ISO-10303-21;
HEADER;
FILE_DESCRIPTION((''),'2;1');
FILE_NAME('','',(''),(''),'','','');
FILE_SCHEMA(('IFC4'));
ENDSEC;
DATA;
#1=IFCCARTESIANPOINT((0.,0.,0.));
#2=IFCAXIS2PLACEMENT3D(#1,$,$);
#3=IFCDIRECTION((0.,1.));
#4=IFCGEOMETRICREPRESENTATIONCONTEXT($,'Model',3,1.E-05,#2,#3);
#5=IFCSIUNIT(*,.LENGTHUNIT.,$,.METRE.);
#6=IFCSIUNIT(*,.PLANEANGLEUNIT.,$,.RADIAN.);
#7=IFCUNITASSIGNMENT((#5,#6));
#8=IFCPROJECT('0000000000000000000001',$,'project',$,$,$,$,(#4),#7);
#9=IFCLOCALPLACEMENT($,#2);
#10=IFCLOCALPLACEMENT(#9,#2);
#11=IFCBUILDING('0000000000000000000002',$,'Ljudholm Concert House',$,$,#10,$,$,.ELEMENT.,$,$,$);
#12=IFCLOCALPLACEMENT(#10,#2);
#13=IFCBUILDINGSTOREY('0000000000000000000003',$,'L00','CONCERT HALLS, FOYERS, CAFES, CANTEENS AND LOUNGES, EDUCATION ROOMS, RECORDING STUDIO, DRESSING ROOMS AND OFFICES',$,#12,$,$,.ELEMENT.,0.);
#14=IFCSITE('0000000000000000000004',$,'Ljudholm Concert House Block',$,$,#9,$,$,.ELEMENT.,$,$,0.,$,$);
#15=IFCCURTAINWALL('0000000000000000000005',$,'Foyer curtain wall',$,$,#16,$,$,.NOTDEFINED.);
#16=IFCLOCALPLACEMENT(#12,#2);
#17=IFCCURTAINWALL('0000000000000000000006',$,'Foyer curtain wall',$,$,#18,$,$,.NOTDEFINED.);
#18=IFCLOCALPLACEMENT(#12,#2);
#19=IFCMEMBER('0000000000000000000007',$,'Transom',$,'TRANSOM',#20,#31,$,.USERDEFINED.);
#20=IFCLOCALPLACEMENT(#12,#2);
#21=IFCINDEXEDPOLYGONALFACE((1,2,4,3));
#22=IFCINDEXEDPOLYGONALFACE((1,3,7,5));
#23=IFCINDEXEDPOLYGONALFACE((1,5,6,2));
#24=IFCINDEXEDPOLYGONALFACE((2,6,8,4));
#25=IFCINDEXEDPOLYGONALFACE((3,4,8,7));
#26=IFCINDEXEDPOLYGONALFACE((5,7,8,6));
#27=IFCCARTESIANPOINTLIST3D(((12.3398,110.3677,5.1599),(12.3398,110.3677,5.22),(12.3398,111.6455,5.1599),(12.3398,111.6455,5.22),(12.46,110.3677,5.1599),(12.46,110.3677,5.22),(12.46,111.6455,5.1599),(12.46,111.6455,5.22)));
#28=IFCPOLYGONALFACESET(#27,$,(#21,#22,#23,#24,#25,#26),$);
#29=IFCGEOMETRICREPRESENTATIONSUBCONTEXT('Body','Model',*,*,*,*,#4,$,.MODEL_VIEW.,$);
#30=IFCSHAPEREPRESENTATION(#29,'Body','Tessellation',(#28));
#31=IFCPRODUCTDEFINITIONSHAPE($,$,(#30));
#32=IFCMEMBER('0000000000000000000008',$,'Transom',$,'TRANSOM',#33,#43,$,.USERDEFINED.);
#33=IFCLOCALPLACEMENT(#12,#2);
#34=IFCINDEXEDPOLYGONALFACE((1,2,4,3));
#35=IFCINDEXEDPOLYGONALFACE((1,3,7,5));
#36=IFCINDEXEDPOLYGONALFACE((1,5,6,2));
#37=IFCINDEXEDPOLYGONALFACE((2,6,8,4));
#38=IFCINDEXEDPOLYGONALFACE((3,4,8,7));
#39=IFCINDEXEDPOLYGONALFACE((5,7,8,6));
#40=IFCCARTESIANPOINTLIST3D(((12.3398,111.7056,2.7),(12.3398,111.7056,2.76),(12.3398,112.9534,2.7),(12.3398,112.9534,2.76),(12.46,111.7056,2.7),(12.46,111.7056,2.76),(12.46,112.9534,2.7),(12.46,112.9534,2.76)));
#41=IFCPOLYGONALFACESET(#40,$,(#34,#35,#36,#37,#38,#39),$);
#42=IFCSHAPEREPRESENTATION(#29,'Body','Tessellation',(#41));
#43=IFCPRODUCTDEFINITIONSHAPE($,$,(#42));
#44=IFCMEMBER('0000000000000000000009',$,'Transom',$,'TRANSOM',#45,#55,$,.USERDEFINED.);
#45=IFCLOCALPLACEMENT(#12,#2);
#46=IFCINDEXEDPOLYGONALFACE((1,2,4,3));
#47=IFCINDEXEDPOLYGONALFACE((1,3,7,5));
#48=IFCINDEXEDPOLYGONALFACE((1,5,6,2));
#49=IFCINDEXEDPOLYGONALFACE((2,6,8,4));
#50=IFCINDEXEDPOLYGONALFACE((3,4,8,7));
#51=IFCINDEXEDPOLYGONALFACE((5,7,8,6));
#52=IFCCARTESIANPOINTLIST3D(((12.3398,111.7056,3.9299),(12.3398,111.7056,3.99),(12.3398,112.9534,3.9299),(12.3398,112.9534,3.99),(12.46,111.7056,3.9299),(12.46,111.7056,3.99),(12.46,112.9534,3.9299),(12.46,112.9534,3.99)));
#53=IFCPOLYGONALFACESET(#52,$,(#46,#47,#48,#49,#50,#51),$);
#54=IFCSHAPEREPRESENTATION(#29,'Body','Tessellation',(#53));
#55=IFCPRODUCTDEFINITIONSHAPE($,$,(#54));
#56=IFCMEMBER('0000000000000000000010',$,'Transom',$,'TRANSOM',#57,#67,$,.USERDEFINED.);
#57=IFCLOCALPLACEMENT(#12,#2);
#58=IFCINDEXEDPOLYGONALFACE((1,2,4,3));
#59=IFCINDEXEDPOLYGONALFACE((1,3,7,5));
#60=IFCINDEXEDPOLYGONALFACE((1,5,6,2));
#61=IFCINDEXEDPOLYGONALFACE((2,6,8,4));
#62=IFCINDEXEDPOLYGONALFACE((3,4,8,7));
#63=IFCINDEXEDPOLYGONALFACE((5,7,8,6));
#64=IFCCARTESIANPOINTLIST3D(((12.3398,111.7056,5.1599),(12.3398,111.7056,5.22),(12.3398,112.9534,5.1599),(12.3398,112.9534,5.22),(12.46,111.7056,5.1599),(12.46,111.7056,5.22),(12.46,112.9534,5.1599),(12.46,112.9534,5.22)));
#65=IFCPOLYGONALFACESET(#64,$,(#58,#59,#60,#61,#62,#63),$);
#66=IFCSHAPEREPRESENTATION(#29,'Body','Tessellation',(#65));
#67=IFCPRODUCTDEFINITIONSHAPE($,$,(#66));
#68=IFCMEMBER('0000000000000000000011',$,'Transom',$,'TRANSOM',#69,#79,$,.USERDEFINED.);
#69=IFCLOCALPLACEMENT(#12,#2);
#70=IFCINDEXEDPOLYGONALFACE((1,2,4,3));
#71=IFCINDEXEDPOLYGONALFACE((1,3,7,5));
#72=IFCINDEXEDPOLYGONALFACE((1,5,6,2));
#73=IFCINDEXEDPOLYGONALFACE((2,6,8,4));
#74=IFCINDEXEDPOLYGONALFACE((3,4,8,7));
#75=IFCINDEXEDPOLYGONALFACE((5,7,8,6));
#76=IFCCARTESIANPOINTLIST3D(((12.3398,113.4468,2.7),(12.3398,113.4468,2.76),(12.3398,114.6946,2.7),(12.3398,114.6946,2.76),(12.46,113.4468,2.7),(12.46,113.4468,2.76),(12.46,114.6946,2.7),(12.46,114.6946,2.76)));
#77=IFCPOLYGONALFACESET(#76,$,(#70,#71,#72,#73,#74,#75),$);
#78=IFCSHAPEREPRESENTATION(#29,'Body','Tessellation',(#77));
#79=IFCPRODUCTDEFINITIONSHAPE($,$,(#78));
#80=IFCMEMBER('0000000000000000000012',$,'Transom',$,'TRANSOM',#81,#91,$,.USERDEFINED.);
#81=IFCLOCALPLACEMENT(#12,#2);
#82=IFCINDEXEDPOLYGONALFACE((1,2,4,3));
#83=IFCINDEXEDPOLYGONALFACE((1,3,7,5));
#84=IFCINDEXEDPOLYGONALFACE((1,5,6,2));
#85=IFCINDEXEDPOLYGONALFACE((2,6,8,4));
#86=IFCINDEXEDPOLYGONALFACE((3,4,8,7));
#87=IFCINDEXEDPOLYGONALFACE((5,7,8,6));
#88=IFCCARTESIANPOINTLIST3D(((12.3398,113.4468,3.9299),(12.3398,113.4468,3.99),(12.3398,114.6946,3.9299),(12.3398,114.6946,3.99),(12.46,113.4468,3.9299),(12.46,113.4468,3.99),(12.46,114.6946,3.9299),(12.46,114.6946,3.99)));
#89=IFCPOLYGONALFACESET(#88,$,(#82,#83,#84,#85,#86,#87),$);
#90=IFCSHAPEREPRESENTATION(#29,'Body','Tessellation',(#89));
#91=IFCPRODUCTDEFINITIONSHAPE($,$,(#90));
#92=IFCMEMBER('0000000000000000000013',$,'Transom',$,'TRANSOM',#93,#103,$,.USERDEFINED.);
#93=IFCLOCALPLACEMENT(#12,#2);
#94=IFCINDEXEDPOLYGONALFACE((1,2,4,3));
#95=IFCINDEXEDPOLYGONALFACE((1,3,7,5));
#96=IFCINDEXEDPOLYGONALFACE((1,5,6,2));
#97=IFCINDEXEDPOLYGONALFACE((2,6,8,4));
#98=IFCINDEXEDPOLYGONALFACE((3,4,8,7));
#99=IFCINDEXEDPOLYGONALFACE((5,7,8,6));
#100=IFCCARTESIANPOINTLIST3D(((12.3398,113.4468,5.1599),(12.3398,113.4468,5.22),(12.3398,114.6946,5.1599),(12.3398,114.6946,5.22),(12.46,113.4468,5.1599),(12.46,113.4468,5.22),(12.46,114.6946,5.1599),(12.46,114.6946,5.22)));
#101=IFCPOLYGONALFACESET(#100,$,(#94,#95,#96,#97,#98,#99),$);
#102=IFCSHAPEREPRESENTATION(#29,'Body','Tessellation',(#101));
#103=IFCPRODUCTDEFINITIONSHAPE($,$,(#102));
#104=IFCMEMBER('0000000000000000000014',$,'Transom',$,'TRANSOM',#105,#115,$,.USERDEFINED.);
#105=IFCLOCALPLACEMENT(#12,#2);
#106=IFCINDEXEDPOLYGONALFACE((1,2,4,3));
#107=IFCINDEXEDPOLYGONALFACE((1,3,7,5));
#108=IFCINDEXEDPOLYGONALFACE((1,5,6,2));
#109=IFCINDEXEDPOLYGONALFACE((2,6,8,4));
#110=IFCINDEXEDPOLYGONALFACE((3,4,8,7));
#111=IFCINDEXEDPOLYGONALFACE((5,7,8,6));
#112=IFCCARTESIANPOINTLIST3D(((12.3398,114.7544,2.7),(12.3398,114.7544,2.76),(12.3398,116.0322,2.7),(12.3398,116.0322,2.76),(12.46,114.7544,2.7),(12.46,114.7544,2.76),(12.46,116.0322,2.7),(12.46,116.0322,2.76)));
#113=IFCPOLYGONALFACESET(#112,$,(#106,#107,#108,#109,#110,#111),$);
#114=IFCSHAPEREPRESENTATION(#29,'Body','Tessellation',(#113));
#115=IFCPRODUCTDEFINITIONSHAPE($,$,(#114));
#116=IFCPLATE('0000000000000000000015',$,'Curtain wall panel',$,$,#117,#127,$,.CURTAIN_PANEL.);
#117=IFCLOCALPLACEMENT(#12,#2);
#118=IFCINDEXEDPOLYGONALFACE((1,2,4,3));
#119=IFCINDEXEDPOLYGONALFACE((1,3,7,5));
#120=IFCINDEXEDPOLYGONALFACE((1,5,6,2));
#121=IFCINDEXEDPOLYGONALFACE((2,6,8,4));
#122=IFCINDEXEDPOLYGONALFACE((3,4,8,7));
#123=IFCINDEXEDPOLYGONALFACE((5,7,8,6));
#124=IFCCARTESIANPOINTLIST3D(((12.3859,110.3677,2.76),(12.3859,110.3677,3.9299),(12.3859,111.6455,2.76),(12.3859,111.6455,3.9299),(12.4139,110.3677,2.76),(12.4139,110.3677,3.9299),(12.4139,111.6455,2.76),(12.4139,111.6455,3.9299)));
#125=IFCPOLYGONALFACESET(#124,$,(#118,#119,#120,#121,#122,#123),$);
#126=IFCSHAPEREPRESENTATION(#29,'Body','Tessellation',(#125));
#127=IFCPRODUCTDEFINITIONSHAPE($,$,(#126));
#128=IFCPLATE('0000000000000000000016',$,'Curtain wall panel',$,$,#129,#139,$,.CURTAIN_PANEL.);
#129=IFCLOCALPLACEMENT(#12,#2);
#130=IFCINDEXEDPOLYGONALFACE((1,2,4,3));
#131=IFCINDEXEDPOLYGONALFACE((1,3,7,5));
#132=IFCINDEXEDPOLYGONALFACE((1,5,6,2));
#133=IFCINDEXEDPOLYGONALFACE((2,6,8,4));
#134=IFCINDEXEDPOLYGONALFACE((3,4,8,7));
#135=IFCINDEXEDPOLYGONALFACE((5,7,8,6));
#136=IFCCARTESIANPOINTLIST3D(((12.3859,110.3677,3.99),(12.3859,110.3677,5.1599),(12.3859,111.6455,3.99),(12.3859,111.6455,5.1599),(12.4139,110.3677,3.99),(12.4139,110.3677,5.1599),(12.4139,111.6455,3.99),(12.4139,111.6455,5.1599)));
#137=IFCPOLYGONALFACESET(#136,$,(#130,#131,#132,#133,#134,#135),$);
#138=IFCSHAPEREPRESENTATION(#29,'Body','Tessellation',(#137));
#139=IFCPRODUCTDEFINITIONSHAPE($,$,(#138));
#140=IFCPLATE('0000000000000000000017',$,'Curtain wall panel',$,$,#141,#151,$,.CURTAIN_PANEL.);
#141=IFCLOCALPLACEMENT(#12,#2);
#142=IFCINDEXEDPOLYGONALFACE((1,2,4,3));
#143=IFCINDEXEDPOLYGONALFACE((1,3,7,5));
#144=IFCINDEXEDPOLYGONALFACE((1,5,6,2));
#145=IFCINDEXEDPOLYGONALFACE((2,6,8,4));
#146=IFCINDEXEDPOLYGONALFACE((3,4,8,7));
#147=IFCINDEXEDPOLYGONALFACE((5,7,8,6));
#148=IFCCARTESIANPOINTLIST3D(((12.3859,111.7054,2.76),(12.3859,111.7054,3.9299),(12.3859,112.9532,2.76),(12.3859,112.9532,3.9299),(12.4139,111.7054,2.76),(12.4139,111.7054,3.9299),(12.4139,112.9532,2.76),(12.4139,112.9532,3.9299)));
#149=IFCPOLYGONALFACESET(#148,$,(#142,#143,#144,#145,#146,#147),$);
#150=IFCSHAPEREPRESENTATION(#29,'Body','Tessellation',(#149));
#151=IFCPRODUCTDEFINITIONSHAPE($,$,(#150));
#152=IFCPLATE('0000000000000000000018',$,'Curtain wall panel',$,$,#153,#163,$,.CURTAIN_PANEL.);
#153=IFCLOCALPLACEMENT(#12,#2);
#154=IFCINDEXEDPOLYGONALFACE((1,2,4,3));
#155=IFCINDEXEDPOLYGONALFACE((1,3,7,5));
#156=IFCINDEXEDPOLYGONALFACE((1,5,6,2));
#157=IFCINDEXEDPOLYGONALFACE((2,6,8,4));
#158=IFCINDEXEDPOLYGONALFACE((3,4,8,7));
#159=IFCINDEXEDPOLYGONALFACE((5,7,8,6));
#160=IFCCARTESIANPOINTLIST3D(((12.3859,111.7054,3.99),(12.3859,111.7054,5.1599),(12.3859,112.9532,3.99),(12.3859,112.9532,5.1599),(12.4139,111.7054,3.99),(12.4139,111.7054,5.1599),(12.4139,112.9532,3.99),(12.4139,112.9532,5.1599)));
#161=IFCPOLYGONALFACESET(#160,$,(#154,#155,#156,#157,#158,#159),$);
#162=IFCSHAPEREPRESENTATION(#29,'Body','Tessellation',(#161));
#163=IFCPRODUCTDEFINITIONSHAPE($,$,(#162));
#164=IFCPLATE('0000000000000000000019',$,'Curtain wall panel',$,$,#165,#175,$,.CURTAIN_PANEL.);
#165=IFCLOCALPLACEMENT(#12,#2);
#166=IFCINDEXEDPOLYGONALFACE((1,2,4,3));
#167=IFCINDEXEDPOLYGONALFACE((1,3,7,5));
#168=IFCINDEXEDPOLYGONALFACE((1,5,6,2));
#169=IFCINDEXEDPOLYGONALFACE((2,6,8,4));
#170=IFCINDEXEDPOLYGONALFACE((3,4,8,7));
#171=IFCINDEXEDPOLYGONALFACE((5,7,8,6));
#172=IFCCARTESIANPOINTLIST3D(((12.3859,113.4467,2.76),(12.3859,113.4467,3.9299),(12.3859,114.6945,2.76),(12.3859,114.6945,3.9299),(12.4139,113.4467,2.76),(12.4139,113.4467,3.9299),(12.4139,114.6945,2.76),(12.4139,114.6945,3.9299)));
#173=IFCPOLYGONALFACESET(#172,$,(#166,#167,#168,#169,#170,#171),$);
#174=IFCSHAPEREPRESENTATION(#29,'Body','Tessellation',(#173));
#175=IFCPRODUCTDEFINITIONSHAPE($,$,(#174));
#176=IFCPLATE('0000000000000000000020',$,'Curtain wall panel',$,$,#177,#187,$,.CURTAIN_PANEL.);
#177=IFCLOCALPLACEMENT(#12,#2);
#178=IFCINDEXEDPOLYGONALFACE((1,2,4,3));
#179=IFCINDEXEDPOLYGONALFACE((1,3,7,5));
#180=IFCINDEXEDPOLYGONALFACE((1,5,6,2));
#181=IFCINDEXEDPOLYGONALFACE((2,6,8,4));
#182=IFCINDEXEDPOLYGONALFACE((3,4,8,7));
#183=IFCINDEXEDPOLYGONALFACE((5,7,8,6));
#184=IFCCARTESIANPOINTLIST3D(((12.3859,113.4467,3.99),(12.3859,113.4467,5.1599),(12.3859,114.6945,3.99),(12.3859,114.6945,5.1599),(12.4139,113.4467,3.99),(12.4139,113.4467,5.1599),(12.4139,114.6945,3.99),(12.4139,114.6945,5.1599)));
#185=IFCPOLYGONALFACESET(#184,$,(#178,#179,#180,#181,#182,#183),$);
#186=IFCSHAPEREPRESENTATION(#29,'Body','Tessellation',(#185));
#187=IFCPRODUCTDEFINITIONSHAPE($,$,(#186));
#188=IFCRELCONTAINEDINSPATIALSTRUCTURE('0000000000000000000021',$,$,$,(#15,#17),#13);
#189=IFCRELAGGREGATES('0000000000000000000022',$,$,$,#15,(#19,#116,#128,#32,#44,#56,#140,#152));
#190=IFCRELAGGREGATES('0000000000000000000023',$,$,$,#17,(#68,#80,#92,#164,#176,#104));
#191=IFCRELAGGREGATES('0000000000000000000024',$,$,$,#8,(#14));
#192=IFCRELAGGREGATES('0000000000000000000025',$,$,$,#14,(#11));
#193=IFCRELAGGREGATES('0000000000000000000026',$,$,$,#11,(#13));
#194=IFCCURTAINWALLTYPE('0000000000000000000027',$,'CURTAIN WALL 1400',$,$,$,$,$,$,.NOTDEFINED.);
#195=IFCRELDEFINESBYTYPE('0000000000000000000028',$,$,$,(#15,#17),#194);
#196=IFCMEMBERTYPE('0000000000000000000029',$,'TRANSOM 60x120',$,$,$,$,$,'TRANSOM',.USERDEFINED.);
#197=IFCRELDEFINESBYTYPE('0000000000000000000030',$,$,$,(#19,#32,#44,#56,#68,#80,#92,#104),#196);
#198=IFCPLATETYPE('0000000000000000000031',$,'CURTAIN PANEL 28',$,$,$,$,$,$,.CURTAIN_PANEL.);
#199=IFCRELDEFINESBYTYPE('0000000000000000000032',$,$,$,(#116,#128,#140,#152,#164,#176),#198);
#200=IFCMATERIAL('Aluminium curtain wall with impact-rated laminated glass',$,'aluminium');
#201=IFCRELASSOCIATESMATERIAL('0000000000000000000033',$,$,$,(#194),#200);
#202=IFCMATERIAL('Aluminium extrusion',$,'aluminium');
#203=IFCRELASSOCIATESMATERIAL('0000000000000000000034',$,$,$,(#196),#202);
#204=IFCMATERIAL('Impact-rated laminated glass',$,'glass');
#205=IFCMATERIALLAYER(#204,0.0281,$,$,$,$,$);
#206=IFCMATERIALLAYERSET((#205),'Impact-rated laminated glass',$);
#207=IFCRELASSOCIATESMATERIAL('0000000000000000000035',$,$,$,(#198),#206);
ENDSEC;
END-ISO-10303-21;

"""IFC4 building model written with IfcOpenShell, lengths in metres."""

from ifc_helpers import new_model, si_unit, direction, frame, origin, origin_2d, place, context, subcontext, project, spatial, rectangle, extrude, material, layer, layer_set, material_profile, profile_set, type_object, element, aggregate, save


model = new_model("IFC4")

# Units and contexts
model_context = context("Model", 3, precision=1e-05, world=origin(), true_north=direction((0.0, 1.0)))
body_context = subcontext(model_context, "Body", "Model", "MODEL_VIEW")
ifc_project = project(units=[si_unit("LENGTHUNIT", "METRE"), si_unit("PLANEANGLEUNIT", "RADIAN")], contexts=[model_context])

# Site, building, storey
site_placement = place(None, origin())
site = spatial("IfcSite", under=ifc_project, at=site_placement, Name="Ljudholm Concert House Block", CompositionType="ELEMENT", RefElevation=0.0)
building_placement = place(site_placement, origin())
building = spatial("IfcBuilding", under=site, at=building_placement, Name="Ljudholm Concert House", CompositionType="ELEMENT")
storey_placement = place(building_placement, origin())
storey = spatial("IfcBuildingStorey", under=building, at=storey_placement, Name="L00", Description="CONCERT HALLS, FOYERS, CAFES, CANTEENS AND LOUNGES, EDUCATION ROOMS, RECORDING STUDIO, DRESSING ROOMS AND OFFICES", CompositionType="ELEMENT", Elevation=0.0)

# Curtain walls
ifc_material_1 = material(Name="Aluminium curtain wall with impact-rated laminated glass", Category="aluminium")
curtain_wall_type = type_object("IfcCurtainWallType", Name="CURTAIN WALL 1400", PredefinedType="NOTDEFINED", material=ifc_material_1)
curtain_wall_1_placement = place(storey_placement, origin())
curtain_wall_1 = element("IfcCurtainWall", 1, at=curtain_wall_1_placement, inside=storey, type_object=curtain_wall_type, Name="Foyer curtain wall", PredefinedType="NOTDEFINED")
curtain_wall_2_placement = place(storey_placement, origin())
curtain_wall_2 = element("IfcCurtainWall", 2, at=curtain_wall_2_placement, inside=storey, type_object=curtain_wall_type, Name="Foyer curtain wall", PredefinedType="NOTDEFINED")

# Members
ifc_material_2 = material(Name="Aluminium extrusion", Category="aluminium")
ifc_material_profile_1 = material_profile(ifc_material_2, rectangle(XDim=0.1201, YDim=0.0601, at=origin_2d()), Name="TRANSOM 60x120")
ifc_profile_set_1 = profile_set([ifc_material_profile_1], Name="Aluminium extrusion")
member_type_1 = type_object("IfcMemberType", Name="TRANSOM 60x120", ElementType="TRANSOM", PredefinedType="USERDEFINED", material=ifc_profile_set_1)
member_1_placement = place(storey_placement, frame((12.3999, 110.3677, 5.1899), z_axis=(0.0, 1.0, 0.0), x_axis=(-1.0, 0.0, 0.0)))
member_1 = element("IfcMember", 3, at=member_1_placement, type_object=member_type_1, Name="Transom", ObjectType="TRANSOM", PredefinedType="USERDEFINED", context=body_context, shape_type="SweptSolid", body=[
    extrude(rectangle(XDim=0.1201, YDim=0.0601, at=origin_2d()), origin(), (0.0, 0.0, 1.0), 1.2778),
])
member_2_placement = place(storey_placement, frame((12.3999, 111.7056, 2.73), z_axis=(0.0, 1.0, 0.0), x_axis=(-1.0, 0.0, 0.0)))
member_2 = element("IfcMember", 4, at=member_2_placement, type_object=member_type_1, Name="Transom", ObjectType="TRANSOM", PredefinedType="USERDEFINED", context=body_context, shape_type="SweptSolid", body=[
    extrude(rectangle(XDim=0.1201, YDim=0.0601, at=origin_2d()), origin(), (0.0, 0.0, 1.0), 1.2478),
])
member_3_placement = place(storey_placement, frame((12.3999, 111.7056, 3.96), z_axis=(0.0, 1.0, 0.0), x_axis=(-1.0, 0.0, 0.0)))
member_3 = element("IfcMember", 5, at=member_3_placement, type_object=member_type_1, Name="Transom", ObjectType="TRANSOM", PredefinedType="USERDEFINED", context=body_context, shape_type="SweptSolid", body=[
    extrude(rectangle(XDim=0.1201, YDim=0.0601, at=origin_2d()), origin(), (0.0, 0.0, 1.0), 1.2478),
])
member_4_placement = place(storey_placement, frame((12.3999, 111.7056, 5.1899), z_axis=(0.0, 1.0, 0.0), x_axis=(-1.0, 0.0, 0.0)))
member_4 = element("IfcMember", 6, at=member_4_placement, type_object=member_type_1, Name="Transom", ObjectType="TRANSOM", PredefinedType="USERDEFINED", context=body_context, shape_type="SweptSolid", body=[
    extrude(rectangle(XDim=0.1201, YDim=0.0601, at=origin_2d()), origin(), (0.0, 0.0, 1.0), 1.2478),
])
member_5_placement = place(storey_placement, frame((12.3999, 113.4468, 2.73), z_axis=(0.0, 1.0, 0.0), x_axis=(-1.0, 0.0, 0.0)))
member_5 = element("IfcMember", 7, at=member_5_placement, type_object=member_type_1, Name="Transom", ObjectType="TRANSOM", PredefinedType="USERDEFINED", context=body_context, shape_type="SweptSolid", body=[
    extrude(rectangle(XDim=0.1201, YDim=0.0601, at=origin_2d()), origin(), (0.0, 0.0, 1.0), 1.2478),
])
member_6_placement = place(storey_placement, frame((12.3999, 113.4468, 3.96), z_axis=(0.0, 1.0, 0.0), x_axis=(-1.0, 0.0, 0.0)))
member_6 = element("IfcMember", 8, at=member_6_placement, type_object=member_type_1, Name="Transom", ObjectType="TRANSOM", PredefinedType="USERDEFINED", context=body_context, shape_type="SweptSolid", body=[
    extrude(rectangle(XDim=0.1201, YDim=0.0601, at=origin_2d()), origin(), (0.0, 0.0, 1.0), 1.2478),
])
member_7_placement = place(storey_placement, frame((12.3999, 113.4468, 5.1899), z_axis=(0.0, 1.0, 0.0), x_axis=(-1.0, 0.0, 0.0)))
member_7 = element("IfcMember", 9, at=member_7_placement, type_object=member_type_1, Name="Transom", ObjectType="TRANSOM", PredefinedType="USERDEFINED", context=body_context, shape_type="SweptSolid", body=[
    extrude(rectangle(XDim=0.1201, YDim=0.0601, at=origin_2d()), origin(), (0.0, 0.0, 1.0), 1.2478),
])
member_8_placement = place(storey_placement, frame((12.3999, 114.7544, 2.73), z_axis=(0.0, 1.0, 0.0), x_axis=(-1.0, 0.0, 0.0)))
member_8 = element("IfcMember", 10, at=member_8_placement, type_object=member_type_1, Name="Transom", ObjectType="TRANSOM", PredefinedType="USERDEFINED", context=body_context, shape_type="SweptSolid", body=[
    extrude(rectangle(XDim=0.1201, YDim=0.0601, at=origin_2d()), origin(), (0.0, 0.0, 1.0), 1.2778),
])

# Plates
ifc_material_3 = material(Name="Impact-rated laminated glass", Category="glass")
ifc_layer_1 = layer(ifc_material_3, 0.0281)
ifc_layer_set_1 = layer_set([ifc_layer_1], Name="Impact-rated laminated glass")
plate_type = type_object("IfcPlateType", Name="CURTAIN PANEL 28", PredefinedType="CURTAIN_PANEL", material=ifc_layer_set_1)
plate_1_placement = place(storey_placement, frame((12.3999, 111.0066, 2.76), z_axis=(0.0, 0.0, 1.0), x_axis=(0.0, 1.0, 0.0)))
plate_1 = element("IfcPlate", 11, at=plate_1_placement, type_object=plate_type, Name="Curtain wall panel", PredefinedType="CURTAIN_PANEL", context=body_context, shape_type="SweptSolid", body=[
    extrude(rectangle(XDim=1.2778, YDim=0.0281, at=origin_2d()), origin(), (0.0, 0.0, 1.0), 1.1699),
])
plate_2_placement = place(storey_placement, frame((12.3999, 111.0066, 3.99), z_axis=(0.0, 0.0, 1.0), x_axis=(0.0, 1.0, 0.0)))
plate_2 = element("IfcPlate", 12, at=plate_2_placement, type_object=plate_type, Name="Curtain wall panel", PredefinedType="CURTAIN_PANEL", context=body_context, shape_type="SweptSolid", body=[
    extrude(rectangle(XDim=1.2778, YDim=0.0281, at=origin_2d()), origin(), (0.0, 0.0, 1.0), 1.1699),
])
plate_3_placement = place(storey_placement, frame((12.3999, 112.3293, 2.76), z_axis=(0.0, 0.0, 1.0), x_axis=(0.0, 1.0, 0.0)))
plate_3 = element("IfcPlate", 13, at=plate_3_placement, type_object=plate_type, Name="Curtain wall panel", PredefinedType="CURTAIN_PANEL", context=body_context, shape_type="SweptSolid", body=[
    extrude(rectangle(XDim=1.2478, YDim=0.0281, at=origin_2d()), origin(), (0.0, 0.0, 1.0), 1.1699),
])
plate_4_placement = place(storey_placement, frame((12.3999, 112.3293, 3.99), z_axis=(0.0, 0.0, 1.0), x_axis=(0.0, 1.0, 0.0)))
plate_4 = element("IfcPlate", 14, at=plate_4_placement, type_object=plate_type, Name="Curtain wall panel", PredefinedType="CURTAIN_PANEL", context=body_context, shape_type="SweptSolid", body=[
    extrude(rectangle(XDim=1.2478, YDim=0.0281, at=origin_2d()), origin(), (0.0, 0.0, 1.0), 1.1699),
])
aggregate(curtain_wall_1, [member_1, plate_1, plate_2, member_2, member_3, member_4, plate_3, plate_4])
plate_5_placement = place(storey_placement, frame((12.3999, 114.0706, 2.76), z_axis=(0.0, 0.0, 1.0), x_axis=(0.0, 1.0, 0.0)))
plate_5 = element("IfcPlate", 15, at=plate_5_placement, type_object=plate_type, Name="Curtain wall panel", PredefinedType="CURTAIN_PANEL", context=body_context, shape_type="SweptSolid", body=[
    extrude(rectangle(XDim=1.2478, YDim=0.0281, at=origin_2d()), origin(), (0.0, 0.0, 1.0), 1.1699),
])
plate_6_placement = place(storey_placement, frame((12.3999, 114.0706, 3.99), z_axis=(0.0, 0.0, 1.0), x_axis=(0.0, 1.0, 0.0)))
plate_6 = element("IfcPlate", 16, at=plate_6_placement, type_object=plate_type, Name="Curtain wall panel", PredefinedType="CURTAIN_PANEL", context=body_context, shape_type="SweptSolid", body=[
    extrude(rectangle(XDim=1.2478, YDim=0.0281, at=origin_2d()), origin(), (0.0, 0.0, 1.0), 1.1699),
])
aggregate(curtain_wall_2, [member_5, member_6, member_7, plate_5, plate_6, member_8])

save(model, "model.ifc")
